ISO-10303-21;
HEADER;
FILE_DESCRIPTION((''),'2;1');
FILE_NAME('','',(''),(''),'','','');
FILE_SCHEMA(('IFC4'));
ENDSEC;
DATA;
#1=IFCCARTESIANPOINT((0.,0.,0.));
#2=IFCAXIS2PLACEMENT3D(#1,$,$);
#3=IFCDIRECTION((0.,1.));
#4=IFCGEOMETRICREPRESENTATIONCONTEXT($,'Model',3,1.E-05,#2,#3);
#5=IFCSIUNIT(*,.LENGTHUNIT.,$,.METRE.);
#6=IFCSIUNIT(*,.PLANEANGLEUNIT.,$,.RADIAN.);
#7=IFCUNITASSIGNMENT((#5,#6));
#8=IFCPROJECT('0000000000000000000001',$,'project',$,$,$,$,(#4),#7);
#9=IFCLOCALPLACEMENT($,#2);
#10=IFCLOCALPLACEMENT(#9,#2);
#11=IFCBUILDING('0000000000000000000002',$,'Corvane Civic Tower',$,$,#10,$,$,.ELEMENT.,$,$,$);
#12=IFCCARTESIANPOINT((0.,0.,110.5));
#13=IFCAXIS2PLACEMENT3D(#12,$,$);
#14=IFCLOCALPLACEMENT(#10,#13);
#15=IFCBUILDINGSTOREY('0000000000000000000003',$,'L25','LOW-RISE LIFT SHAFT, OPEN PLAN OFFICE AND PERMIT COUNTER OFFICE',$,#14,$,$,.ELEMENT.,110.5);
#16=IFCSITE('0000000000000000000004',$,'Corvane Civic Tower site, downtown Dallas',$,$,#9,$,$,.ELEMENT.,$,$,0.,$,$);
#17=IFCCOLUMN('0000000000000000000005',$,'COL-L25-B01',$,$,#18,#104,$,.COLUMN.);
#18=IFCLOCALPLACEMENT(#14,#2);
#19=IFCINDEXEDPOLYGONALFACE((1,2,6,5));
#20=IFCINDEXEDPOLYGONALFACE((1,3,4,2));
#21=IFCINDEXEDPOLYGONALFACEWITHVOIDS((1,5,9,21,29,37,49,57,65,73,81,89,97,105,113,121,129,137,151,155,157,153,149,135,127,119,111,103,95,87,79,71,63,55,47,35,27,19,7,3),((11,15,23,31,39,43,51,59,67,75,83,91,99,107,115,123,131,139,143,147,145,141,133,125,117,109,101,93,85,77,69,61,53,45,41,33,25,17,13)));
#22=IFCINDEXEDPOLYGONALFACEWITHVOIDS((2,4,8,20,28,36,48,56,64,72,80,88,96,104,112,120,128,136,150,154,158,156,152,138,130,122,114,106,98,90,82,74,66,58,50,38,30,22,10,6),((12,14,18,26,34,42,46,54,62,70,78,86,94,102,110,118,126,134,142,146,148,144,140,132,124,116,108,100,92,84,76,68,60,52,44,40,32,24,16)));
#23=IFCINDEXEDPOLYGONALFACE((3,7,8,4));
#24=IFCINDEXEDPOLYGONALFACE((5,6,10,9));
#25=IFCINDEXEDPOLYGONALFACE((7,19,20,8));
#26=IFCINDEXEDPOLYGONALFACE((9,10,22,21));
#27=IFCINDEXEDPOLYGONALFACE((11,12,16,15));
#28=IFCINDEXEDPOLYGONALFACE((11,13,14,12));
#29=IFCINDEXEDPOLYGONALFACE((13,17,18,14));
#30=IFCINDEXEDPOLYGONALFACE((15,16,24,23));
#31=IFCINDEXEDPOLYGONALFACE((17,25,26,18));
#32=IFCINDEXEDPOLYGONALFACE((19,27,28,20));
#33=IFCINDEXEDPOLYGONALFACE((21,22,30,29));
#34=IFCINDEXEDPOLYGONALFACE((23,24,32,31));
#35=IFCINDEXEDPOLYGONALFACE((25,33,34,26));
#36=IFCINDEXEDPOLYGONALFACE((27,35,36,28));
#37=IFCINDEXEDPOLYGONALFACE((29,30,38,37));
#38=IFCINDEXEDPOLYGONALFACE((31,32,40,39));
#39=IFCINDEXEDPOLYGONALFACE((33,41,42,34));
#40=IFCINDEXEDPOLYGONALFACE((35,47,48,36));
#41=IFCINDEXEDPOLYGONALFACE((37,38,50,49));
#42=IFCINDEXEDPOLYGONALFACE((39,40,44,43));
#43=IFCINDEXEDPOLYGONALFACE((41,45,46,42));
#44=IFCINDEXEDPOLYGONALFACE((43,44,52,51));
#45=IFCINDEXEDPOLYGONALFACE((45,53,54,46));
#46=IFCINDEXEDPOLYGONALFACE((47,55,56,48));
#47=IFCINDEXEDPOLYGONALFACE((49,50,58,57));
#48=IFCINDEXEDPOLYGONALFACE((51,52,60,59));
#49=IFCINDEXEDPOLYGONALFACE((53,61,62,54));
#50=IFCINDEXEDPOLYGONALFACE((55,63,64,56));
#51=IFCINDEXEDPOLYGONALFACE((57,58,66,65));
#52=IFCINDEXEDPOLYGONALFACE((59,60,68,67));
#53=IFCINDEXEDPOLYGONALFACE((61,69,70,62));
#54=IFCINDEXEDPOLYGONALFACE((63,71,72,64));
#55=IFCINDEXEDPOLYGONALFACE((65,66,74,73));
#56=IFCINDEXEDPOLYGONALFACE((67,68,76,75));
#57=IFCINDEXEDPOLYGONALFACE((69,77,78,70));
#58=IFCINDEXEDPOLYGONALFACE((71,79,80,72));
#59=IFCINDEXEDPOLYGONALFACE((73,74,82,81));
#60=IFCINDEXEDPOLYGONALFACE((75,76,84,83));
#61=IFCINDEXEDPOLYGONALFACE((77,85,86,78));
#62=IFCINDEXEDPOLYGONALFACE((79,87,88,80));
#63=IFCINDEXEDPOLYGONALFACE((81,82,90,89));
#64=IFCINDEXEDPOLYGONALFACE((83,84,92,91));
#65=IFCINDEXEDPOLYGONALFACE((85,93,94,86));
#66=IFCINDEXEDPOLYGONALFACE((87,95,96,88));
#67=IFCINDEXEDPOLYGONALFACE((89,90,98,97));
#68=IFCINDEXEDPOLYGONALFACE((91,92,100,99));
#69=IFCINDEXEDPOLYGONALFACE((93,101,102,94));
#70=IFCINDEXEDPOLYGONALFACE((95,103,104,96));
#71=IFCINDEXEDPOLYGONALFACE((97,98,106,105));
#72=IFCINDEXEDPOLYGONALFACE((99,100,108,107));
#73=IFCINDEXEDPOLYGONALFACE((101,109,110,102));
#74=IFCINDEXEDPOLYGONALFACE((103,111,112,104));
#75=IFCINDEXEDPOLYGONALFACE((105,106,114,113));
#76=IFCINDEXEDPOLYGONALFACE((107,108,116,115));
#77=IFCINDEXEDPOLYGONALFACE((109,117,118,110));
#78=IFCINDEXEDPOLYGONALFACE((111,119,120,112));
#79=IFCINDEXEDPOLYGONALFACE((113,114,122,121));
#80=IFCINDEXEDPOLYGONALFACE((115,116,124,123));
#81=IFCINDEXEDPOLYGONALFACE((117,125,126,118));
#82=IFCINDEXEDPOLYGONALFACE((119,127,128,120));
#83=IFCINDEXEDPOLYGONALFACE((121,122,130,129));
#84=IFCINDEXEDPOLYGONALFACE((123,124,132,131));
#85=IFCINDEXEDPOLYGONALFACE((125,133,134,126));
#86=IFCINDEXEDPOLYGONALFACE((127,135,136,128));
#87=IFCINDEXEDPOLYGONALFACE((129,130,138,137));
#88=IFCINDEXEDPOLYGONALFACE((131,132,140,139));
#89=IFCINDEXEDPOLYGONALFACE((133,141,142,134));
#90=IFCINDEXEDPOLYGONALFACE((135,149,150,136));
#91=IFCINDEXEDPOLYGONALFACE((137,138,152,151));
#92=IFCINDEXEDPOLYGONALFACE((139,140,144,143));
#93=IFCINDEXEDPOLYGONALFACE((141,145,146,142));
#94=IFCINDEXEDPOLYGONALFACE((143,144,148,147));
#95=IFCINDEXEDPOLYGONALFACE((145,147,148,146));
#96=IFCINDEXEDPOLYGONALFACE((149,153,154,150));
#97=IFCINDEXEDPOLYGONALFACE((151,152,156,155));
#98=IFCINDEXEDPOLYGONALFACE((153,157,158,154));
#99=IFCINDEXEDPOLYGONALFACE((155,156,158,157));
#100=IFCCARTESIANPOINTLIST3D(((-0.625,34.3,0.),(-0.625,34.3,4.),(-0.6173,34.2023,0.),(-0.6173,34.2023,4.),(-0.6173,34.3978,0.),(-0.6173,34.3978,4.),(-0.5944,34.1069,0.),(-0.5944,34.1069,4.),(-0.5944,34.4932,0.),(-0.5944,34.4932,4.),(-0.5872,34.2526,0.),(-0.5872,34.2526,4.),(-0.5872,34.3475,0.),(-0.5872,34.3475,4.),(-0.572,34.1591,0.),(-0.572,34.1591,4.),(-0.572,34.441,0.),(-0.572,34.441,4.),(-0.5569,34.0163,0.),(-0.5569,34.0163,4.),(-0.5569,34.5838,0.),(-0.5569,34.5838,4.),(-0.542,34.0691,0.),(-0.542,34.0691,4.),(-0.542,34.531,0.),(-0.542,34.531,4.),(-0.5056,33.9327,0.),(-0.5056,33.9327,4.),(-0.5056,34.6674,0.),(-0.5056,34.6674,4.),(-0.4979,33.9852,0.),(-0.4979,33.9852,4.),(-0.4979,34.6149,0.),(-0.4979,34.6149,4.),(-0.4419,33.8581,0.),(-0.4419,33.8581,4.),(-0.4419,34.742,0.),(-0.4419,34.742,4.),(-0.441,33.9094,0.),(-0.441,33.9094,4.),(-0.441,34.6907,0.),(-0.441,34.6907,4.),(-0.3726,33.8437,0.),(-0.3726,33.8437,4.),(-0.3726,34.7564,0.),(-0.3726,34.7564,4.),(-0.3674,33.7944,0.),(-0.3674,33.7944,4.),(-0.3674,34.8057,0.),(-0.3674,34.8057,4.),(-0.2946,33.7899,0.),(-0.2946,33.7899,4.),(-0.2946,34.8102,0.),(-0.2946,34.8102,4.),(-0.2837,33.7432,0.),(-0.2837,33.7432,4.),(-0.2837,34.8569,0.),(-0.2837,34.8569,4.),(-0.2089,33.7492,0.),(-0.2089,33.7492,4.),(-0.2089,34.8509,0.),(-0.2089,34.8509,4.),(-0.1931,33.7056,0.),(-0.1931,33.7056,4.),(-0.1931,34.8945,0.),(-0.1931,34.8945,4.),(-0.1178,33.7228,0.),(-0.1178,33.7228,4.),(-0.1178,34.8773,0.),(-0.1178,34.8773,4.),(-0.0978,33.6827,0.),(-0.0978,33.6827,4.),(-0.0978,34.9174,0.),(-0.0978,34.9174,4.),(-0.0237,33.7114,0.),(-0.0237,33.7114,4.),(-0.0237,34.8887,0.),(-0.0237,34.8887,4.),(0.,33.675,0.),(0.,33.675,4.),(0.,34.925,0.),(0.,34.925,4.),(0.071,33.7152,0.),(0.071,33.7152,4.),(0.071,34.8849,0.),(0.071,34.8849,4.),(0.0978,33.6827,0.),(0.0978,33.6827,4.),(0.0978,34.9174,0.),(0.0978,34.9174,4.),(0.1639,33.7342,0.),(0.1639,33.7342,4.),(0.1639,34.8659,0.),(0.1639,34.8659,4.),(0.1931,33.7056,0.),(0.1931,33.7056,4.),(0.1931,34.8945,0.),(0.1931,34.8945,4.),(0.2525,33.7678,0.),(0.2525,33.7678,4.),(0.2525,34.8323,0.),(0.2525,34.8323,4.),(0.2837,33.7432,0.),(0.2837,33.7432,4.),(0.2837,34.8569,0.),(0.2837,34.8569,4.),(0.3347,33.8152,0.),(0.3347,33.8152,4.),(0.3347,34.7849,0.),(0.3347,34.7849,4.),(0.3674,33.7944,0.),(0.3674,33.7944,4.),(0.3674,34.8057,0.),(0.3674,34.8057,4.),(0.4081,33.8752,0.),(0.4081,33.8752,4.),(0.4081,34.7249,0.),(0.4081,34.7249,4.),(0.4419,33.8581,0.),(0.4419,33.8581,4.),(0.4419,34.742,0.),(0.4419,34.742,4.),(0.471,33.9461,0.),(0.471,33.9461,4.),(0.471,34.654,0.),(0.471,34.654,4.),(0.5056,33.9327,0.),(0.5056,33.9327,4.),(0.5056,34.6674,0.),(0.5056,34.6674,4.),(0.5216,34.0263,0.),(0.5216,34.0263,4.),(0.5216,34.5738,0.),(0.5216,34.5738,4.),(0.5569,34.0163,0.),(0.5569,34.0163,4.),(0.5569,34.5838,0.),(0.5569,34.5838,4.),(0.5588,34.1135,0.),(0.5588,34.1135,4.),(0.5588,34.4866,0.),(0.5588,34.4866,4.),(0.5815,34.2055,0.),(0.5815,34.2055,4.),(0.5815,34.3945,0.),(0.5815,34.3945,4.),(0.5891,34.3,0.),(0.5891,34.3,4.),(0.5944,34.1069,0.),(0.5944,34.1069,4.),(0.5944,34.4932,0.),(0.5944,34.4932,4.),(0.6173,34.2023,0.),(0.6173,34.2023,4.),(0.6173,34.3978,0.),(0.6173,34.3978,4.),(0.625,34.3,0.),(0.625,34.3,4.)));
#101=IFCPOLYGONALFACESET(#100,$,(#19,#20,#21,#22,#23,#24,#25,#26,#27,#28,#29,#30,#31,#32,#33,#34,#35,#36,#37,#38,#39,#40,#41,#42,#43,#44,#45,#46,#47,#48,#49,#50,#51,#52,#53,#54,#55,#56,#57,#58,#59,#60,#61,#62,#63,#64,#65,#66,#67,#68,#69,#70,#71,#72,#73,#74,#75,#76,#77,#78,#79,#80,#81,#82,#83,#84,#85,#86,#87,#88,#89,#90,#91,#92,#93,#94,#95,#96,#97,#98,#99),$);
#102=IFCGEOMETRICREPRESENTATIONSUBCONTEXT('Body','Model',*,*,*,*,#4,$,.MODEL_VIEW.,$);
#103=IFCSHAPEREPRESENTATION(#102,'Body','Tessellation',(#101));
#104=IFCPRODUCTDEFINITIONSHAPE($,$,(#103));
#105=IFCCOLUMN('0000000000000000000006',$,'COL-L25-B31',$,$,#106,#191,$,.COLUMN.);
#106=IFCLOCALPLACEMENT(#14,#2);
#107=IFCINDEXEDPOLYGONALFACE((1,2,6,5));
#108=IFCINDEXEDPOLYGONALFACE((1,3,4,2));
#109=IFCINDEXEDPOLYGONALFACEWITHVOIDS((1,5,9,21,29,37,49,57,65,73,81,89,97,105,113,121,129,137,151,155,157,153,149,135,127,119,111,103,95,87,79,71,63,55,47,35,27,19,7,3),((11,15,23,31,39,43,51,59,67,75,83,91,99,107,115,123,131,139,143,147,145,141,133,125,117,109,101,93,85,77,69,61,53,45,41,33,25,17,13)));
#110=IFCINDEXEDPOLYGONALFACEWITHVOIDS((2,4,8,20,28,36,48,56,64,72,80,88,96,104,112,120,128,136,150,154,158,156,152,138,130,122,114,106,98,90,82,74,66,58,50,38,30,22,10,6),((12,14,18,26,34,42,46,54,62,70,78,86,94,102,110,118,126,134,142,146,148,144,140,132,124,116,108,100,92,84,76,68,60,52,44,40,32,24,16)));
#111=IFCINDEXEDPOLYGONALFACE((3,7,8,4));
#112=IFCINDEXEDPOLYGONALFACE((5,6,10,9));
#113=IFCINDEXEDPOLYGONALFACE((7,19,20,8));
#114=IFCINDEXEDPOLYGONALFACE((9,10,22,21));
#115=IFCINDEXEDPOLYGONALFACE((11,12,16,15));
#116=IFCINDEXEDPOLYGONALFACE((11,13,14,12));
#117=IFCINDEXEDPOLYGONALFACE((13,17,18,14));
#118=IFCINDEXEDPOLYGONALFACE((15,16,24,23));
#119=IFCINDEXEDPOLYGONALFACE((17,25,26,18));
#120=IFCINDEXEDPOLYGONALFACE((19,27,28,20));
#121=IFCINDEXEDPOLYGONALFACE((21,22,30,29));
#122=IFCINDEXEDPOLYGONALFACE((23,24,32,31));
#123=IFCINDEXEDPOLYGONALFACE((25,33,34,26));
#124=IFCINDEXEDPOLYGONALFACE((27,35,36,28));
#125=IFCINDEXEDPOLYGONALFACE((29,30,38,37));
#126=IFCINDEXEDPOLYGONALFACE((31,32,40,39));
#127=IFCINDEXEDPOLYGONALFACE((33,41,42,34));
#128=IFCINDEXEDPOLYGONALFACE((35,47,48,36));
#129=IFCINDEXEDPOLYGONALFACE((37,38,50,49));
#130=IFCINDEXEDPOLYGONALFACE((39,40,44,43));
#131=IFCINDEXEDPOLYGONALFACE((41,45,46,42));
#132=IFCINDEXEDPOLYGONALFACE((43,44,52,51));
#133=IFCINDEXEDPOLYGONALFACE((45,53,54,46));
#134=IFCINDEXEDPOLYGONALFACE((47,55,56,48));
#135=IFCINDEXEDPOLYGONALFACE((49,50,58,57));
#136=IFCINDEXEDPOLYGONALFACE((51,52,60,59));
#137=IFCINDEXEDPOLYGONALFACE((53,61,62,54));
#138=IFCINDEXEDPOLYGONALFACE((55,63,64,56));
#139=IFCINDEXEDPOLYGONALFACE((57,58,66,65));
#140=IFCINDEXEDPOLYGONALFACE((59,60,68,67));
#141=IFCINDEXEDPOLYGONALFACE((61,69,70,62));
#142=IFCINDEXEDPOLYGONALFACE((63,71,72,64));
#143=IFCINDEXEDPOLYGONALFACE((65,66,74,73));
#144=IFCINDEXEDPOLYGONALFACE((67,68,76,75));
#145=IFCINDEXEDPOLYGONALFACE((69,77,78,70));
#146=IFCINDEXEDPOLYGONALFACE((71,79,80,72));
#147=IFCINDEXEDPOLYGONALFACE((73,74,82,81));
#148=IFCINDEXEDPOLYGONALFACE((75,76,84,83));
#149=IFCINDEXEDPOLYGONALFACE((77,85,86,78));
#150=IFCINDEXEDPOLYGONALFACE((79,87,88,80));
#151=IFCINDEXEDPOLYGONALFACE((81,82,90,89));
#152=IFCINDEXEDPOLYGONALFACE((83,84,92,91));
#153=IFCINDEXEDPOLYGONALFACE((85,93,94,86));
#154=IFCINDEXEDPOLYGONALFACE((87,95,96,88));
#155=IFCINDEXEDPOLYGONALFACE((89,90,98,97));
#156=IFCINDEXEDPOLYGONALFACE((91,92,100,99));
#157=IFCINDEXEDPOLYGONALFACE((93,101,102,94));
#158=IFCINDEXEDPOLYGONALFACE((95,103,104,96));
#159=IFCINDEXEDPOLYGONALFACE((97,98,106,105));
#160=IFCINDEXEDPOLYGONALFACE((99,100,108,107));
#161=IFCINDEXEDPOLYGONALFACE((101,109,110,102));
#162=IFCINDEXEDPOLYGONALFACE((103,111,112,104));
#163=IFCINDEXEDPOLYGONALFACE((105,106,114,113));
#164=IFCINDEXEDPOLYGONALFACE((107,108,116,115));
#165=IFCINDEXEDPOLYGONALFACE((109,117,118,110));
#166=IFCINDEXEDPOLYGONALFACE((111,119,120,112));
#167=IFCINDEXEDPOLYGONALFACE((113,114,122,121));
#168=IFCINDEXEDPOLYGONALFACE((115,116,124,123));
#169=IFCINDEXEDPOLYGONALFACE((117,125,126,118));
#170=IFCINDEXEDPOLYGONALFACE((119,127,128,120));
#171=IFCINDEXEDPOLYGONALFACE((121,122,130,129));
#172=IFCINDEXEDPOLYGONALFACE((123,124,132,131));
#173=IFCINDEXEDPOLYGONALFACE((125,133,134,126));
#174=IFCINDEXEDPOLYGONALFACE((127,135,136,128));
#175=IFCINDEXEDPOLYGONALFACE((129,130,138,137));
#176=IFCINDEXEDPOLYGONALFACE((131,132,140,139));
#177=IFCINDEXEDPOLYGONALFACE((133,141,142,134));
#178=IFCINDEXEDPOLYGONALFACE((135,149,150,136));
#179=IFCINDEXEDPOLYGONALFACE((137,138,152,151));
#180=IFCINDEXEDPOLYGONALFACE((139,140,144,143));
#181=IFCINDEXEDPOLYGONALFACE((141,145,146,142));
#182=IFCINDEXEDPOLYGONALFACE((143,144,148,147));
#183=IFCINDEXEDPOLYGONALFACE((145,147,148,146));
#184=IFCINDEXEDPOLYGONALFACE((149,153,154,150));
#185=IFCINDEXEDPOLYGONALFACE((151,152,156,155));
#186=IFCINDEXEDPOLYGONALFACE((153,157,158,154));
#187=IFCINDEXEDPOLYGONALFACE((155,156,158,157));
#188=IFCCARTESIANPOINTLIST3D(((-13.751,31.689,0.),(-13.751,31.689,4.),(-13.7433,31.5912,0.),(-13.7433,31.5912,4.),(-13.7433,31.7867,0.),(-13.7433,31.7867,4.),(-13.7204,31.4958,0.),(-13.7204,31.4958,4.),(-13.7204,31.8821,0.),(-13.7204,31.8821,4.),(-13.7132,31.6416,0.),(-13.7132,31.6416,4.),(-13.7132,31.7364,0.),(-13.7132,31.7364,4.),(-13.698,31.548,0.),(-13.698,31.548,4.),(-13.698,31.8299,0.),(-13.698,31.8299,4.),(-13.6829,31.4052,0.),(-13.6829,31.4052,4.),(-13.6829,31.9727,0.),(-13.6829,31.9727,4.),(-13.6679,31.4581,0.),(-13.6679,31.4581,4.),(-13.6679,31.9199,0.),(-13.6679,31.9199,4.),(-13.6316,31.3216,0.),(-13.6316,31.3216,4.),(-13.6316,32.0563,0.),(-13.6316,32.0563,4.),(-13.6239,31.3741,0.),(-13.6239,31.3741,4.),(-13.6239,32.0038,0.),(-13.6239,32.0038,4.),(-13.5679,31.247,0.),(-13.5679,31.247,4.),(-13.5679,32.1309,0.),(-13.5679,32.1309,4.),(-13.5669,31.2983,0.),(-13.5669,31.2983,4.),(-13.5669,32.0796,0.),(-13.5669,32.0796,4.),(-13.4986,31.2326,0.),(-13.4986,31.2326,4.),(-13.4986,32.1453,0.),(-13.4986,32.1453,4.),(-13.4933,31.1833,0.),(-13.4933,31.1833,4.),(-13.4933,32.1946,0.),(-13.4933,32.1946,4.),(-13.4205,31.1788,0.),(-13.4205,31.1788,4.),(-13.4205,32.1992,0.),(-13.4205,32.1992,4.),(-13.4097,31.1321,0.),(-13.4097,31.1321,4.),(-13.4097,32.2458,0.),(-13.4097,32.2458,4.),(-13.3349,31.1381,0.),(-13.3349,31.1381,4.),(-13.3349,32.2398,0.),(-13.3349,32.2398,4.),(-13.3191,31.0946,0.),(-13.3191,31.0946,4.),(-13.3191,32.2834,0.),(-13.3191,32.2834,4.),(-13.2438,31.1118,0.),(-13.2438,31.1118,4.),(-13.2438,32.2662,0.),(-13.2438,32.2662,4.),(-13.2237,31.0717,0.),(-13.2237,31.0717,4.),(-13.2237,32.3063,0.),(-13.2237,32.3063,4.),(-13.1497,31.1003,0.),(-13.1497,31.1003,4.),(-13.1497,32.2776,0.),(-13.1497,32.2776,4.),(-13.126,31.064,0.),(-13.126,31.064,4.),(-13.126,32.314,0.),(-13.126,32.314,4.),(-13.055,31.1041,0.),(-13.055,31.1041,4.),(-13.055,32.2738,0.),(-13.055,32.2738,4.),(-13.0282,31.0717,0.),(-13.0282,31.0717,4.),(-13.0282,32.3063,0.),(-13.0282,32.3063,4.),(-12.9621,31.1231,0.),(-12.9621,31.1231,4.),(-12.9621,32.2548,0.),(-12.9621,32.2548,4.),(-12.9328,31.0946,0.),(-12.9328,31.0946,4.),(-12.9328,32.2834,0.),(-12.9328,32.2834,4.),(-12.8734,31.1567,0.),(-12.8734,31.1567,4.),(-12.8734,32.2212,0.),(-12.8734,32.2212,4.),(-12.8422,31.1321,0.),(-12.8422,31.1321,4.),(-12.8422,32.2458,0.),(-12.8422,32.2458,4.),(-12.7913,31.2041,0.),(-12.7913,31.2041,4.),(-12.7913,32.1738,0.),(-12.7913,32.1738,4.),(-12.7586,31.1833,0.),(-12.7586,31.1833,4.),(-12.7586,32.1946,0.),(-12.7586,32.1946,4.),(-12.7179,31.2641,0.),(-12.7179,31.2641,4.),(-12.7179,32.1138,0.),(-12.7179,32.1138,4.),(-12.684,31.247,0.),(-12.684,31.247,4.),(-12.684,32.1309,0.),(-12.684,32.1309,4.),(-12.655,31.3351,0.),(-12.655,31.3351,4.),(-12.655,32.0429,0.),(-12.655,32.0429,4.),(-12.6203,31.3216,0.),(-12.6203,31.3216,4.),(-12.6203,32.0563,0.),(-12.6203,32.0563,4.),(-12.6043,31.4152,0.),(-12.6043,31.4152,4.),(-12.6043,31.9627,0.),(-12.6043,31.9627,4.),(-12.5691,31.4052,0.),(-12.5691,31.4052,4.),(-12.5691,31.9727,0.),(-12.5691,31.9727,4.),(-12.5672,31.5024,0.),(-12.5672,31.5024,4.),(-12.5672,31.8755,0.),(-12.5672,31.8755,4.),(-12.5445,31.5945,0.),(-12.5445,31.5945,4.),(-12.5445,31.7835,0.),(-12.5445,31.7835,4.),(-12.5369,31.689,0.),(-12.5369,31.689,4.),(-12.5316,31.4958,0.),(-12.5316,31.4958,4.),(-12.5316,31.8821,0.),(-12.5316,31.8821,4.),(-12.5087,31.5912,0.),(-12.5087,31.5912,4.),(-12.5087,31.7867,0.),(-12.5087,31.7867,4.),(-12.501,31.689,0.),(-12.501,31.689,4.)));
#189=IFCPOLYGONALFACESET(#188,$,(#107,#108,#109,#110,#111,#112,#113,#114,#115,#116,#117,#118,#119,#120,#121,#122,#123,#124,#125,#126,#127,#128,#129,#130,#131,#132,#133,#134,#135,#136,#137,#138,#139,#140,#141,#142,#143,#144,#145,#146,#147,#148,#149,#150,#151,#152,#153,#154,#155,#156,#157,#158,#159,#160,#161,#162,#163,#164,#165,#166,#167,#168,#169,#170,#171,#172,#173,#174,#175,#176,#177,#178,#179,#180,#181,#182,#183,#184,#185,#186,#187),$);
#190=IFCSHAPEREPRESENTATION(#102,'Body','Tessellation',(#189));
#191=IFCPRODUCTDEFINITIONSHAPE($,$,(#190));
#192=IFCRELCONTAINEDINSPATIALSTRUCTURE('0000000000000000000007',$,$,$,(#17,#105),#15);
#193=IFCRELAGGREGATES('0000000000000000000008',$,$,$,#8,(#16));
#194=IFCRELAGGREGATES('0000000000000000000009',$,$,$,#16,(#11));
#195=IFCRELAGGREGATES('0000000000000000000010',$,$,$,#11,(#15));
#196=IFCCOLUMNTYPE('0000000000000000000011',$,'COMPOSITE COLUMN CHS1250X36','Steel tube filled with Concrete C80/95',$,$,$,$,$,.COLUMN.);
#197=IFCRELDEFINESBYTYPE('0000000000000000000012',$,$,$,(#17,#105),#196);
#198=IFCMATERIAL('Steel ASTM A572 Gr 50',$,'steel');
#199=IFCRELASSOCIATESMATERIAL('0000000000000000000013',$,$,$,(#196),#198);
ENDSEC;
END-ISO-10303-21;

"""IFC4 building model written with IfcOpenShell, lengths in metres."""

from ifc_helpers import new_model, si_unit, direction, frame, origin, origin_2d, place, context, subcontext, project, spatial, hollow_circle, extrude, material, material_profile, profile_set, type_object, element, save


model = new_model("IFC4")

# Units and contexts
model_context = context("Model", 3, precision=1e-05, world=origin(), true_north=direction((0.0, 1.0)))
body_context = subcontext(model_context, "Body", "Model", "MODEL_VIEW")
ifc_project = project(units=[si_unit("LENGTHUNIT", "METRE"), si_unit("PLANEANGLEUNIT", "RADIAN")], contexts=[model_context])

# Site, building, storey
site_placement = place(None, origin())
site = spatial("IfcSite", under=ifc_project, at=site_placement, Name="Corvane Civic Tower site, downtown Dallas", CompositionType="ELEMENT", RefElevation=0.0)
building_placement = place(site_placement, origin())
building = spatial("IfcBuilding", under=site, at=building_placement, Name="Corvane Civic Tower", CompositionType="ELEMENT")
storey_placement = place(building_placement, frame((0.0, 0.0, 110.5)))
storey = spatial("IfcBuildingStorey", under=building, at=storey_placement, Name="L25", Description="LOW-RISE LIFT SHAFT, OPEN PLAN OFFICE AND PERMIT COUNTER OFFICE", CompositionType="ELEMENT", Elevation=110.5)

# Columns
ifc_material_1 = material(Name="Steel ASTM A572 Gr 50", Category="steel")
ifc_material_profile_1 = material_profile(ifc_material_1, hollow_circle(Radius=0.625, WallThickness=0.0359, at=origin_2d()), Name="CHS1250X36")
ifc_profile_set_1 = profile_set([ifc_material_profile_1], Name="Steel ASTM A572 Gr 50")
column_type = type_object("IfcColumnType", Name="COMPOSITE COLUMN CHS1250X36", Description="Steel tube filled with Concrete C80/95", PredefinedType="COLUMN", material=ifc_profile_set_1)
for number, where, z_axis, x_axis, name in (
    (1, (0.0, 34.3, 0.0), (0.0, 0.0, 1.0), (1.0, 0.0, 0.0), "COL-L25-B01"),
    (2, (-13.126, 31.689, 0.0), (0.0, 0.0, 1.0), (1.0, 0.0, 0.0), "COL-L25-B31"),
):
    element("IfcColumn", number, at=place(storey_placement, frame(where, z_axis=z_axis, x_axis=x_axis)), inside=storey, type_object=column_type, Name=name, PredefinedType="COLUMN", context=body_context, shape_type="SweptSolid", body=[
        extrude(hollow_circle(Radius=0.625, WallThickness=0.0359, at=origin_2d()), origin(), (0.0, 0.0, 1.0), 4.0),
    ])

save(model, "model.ifc")
